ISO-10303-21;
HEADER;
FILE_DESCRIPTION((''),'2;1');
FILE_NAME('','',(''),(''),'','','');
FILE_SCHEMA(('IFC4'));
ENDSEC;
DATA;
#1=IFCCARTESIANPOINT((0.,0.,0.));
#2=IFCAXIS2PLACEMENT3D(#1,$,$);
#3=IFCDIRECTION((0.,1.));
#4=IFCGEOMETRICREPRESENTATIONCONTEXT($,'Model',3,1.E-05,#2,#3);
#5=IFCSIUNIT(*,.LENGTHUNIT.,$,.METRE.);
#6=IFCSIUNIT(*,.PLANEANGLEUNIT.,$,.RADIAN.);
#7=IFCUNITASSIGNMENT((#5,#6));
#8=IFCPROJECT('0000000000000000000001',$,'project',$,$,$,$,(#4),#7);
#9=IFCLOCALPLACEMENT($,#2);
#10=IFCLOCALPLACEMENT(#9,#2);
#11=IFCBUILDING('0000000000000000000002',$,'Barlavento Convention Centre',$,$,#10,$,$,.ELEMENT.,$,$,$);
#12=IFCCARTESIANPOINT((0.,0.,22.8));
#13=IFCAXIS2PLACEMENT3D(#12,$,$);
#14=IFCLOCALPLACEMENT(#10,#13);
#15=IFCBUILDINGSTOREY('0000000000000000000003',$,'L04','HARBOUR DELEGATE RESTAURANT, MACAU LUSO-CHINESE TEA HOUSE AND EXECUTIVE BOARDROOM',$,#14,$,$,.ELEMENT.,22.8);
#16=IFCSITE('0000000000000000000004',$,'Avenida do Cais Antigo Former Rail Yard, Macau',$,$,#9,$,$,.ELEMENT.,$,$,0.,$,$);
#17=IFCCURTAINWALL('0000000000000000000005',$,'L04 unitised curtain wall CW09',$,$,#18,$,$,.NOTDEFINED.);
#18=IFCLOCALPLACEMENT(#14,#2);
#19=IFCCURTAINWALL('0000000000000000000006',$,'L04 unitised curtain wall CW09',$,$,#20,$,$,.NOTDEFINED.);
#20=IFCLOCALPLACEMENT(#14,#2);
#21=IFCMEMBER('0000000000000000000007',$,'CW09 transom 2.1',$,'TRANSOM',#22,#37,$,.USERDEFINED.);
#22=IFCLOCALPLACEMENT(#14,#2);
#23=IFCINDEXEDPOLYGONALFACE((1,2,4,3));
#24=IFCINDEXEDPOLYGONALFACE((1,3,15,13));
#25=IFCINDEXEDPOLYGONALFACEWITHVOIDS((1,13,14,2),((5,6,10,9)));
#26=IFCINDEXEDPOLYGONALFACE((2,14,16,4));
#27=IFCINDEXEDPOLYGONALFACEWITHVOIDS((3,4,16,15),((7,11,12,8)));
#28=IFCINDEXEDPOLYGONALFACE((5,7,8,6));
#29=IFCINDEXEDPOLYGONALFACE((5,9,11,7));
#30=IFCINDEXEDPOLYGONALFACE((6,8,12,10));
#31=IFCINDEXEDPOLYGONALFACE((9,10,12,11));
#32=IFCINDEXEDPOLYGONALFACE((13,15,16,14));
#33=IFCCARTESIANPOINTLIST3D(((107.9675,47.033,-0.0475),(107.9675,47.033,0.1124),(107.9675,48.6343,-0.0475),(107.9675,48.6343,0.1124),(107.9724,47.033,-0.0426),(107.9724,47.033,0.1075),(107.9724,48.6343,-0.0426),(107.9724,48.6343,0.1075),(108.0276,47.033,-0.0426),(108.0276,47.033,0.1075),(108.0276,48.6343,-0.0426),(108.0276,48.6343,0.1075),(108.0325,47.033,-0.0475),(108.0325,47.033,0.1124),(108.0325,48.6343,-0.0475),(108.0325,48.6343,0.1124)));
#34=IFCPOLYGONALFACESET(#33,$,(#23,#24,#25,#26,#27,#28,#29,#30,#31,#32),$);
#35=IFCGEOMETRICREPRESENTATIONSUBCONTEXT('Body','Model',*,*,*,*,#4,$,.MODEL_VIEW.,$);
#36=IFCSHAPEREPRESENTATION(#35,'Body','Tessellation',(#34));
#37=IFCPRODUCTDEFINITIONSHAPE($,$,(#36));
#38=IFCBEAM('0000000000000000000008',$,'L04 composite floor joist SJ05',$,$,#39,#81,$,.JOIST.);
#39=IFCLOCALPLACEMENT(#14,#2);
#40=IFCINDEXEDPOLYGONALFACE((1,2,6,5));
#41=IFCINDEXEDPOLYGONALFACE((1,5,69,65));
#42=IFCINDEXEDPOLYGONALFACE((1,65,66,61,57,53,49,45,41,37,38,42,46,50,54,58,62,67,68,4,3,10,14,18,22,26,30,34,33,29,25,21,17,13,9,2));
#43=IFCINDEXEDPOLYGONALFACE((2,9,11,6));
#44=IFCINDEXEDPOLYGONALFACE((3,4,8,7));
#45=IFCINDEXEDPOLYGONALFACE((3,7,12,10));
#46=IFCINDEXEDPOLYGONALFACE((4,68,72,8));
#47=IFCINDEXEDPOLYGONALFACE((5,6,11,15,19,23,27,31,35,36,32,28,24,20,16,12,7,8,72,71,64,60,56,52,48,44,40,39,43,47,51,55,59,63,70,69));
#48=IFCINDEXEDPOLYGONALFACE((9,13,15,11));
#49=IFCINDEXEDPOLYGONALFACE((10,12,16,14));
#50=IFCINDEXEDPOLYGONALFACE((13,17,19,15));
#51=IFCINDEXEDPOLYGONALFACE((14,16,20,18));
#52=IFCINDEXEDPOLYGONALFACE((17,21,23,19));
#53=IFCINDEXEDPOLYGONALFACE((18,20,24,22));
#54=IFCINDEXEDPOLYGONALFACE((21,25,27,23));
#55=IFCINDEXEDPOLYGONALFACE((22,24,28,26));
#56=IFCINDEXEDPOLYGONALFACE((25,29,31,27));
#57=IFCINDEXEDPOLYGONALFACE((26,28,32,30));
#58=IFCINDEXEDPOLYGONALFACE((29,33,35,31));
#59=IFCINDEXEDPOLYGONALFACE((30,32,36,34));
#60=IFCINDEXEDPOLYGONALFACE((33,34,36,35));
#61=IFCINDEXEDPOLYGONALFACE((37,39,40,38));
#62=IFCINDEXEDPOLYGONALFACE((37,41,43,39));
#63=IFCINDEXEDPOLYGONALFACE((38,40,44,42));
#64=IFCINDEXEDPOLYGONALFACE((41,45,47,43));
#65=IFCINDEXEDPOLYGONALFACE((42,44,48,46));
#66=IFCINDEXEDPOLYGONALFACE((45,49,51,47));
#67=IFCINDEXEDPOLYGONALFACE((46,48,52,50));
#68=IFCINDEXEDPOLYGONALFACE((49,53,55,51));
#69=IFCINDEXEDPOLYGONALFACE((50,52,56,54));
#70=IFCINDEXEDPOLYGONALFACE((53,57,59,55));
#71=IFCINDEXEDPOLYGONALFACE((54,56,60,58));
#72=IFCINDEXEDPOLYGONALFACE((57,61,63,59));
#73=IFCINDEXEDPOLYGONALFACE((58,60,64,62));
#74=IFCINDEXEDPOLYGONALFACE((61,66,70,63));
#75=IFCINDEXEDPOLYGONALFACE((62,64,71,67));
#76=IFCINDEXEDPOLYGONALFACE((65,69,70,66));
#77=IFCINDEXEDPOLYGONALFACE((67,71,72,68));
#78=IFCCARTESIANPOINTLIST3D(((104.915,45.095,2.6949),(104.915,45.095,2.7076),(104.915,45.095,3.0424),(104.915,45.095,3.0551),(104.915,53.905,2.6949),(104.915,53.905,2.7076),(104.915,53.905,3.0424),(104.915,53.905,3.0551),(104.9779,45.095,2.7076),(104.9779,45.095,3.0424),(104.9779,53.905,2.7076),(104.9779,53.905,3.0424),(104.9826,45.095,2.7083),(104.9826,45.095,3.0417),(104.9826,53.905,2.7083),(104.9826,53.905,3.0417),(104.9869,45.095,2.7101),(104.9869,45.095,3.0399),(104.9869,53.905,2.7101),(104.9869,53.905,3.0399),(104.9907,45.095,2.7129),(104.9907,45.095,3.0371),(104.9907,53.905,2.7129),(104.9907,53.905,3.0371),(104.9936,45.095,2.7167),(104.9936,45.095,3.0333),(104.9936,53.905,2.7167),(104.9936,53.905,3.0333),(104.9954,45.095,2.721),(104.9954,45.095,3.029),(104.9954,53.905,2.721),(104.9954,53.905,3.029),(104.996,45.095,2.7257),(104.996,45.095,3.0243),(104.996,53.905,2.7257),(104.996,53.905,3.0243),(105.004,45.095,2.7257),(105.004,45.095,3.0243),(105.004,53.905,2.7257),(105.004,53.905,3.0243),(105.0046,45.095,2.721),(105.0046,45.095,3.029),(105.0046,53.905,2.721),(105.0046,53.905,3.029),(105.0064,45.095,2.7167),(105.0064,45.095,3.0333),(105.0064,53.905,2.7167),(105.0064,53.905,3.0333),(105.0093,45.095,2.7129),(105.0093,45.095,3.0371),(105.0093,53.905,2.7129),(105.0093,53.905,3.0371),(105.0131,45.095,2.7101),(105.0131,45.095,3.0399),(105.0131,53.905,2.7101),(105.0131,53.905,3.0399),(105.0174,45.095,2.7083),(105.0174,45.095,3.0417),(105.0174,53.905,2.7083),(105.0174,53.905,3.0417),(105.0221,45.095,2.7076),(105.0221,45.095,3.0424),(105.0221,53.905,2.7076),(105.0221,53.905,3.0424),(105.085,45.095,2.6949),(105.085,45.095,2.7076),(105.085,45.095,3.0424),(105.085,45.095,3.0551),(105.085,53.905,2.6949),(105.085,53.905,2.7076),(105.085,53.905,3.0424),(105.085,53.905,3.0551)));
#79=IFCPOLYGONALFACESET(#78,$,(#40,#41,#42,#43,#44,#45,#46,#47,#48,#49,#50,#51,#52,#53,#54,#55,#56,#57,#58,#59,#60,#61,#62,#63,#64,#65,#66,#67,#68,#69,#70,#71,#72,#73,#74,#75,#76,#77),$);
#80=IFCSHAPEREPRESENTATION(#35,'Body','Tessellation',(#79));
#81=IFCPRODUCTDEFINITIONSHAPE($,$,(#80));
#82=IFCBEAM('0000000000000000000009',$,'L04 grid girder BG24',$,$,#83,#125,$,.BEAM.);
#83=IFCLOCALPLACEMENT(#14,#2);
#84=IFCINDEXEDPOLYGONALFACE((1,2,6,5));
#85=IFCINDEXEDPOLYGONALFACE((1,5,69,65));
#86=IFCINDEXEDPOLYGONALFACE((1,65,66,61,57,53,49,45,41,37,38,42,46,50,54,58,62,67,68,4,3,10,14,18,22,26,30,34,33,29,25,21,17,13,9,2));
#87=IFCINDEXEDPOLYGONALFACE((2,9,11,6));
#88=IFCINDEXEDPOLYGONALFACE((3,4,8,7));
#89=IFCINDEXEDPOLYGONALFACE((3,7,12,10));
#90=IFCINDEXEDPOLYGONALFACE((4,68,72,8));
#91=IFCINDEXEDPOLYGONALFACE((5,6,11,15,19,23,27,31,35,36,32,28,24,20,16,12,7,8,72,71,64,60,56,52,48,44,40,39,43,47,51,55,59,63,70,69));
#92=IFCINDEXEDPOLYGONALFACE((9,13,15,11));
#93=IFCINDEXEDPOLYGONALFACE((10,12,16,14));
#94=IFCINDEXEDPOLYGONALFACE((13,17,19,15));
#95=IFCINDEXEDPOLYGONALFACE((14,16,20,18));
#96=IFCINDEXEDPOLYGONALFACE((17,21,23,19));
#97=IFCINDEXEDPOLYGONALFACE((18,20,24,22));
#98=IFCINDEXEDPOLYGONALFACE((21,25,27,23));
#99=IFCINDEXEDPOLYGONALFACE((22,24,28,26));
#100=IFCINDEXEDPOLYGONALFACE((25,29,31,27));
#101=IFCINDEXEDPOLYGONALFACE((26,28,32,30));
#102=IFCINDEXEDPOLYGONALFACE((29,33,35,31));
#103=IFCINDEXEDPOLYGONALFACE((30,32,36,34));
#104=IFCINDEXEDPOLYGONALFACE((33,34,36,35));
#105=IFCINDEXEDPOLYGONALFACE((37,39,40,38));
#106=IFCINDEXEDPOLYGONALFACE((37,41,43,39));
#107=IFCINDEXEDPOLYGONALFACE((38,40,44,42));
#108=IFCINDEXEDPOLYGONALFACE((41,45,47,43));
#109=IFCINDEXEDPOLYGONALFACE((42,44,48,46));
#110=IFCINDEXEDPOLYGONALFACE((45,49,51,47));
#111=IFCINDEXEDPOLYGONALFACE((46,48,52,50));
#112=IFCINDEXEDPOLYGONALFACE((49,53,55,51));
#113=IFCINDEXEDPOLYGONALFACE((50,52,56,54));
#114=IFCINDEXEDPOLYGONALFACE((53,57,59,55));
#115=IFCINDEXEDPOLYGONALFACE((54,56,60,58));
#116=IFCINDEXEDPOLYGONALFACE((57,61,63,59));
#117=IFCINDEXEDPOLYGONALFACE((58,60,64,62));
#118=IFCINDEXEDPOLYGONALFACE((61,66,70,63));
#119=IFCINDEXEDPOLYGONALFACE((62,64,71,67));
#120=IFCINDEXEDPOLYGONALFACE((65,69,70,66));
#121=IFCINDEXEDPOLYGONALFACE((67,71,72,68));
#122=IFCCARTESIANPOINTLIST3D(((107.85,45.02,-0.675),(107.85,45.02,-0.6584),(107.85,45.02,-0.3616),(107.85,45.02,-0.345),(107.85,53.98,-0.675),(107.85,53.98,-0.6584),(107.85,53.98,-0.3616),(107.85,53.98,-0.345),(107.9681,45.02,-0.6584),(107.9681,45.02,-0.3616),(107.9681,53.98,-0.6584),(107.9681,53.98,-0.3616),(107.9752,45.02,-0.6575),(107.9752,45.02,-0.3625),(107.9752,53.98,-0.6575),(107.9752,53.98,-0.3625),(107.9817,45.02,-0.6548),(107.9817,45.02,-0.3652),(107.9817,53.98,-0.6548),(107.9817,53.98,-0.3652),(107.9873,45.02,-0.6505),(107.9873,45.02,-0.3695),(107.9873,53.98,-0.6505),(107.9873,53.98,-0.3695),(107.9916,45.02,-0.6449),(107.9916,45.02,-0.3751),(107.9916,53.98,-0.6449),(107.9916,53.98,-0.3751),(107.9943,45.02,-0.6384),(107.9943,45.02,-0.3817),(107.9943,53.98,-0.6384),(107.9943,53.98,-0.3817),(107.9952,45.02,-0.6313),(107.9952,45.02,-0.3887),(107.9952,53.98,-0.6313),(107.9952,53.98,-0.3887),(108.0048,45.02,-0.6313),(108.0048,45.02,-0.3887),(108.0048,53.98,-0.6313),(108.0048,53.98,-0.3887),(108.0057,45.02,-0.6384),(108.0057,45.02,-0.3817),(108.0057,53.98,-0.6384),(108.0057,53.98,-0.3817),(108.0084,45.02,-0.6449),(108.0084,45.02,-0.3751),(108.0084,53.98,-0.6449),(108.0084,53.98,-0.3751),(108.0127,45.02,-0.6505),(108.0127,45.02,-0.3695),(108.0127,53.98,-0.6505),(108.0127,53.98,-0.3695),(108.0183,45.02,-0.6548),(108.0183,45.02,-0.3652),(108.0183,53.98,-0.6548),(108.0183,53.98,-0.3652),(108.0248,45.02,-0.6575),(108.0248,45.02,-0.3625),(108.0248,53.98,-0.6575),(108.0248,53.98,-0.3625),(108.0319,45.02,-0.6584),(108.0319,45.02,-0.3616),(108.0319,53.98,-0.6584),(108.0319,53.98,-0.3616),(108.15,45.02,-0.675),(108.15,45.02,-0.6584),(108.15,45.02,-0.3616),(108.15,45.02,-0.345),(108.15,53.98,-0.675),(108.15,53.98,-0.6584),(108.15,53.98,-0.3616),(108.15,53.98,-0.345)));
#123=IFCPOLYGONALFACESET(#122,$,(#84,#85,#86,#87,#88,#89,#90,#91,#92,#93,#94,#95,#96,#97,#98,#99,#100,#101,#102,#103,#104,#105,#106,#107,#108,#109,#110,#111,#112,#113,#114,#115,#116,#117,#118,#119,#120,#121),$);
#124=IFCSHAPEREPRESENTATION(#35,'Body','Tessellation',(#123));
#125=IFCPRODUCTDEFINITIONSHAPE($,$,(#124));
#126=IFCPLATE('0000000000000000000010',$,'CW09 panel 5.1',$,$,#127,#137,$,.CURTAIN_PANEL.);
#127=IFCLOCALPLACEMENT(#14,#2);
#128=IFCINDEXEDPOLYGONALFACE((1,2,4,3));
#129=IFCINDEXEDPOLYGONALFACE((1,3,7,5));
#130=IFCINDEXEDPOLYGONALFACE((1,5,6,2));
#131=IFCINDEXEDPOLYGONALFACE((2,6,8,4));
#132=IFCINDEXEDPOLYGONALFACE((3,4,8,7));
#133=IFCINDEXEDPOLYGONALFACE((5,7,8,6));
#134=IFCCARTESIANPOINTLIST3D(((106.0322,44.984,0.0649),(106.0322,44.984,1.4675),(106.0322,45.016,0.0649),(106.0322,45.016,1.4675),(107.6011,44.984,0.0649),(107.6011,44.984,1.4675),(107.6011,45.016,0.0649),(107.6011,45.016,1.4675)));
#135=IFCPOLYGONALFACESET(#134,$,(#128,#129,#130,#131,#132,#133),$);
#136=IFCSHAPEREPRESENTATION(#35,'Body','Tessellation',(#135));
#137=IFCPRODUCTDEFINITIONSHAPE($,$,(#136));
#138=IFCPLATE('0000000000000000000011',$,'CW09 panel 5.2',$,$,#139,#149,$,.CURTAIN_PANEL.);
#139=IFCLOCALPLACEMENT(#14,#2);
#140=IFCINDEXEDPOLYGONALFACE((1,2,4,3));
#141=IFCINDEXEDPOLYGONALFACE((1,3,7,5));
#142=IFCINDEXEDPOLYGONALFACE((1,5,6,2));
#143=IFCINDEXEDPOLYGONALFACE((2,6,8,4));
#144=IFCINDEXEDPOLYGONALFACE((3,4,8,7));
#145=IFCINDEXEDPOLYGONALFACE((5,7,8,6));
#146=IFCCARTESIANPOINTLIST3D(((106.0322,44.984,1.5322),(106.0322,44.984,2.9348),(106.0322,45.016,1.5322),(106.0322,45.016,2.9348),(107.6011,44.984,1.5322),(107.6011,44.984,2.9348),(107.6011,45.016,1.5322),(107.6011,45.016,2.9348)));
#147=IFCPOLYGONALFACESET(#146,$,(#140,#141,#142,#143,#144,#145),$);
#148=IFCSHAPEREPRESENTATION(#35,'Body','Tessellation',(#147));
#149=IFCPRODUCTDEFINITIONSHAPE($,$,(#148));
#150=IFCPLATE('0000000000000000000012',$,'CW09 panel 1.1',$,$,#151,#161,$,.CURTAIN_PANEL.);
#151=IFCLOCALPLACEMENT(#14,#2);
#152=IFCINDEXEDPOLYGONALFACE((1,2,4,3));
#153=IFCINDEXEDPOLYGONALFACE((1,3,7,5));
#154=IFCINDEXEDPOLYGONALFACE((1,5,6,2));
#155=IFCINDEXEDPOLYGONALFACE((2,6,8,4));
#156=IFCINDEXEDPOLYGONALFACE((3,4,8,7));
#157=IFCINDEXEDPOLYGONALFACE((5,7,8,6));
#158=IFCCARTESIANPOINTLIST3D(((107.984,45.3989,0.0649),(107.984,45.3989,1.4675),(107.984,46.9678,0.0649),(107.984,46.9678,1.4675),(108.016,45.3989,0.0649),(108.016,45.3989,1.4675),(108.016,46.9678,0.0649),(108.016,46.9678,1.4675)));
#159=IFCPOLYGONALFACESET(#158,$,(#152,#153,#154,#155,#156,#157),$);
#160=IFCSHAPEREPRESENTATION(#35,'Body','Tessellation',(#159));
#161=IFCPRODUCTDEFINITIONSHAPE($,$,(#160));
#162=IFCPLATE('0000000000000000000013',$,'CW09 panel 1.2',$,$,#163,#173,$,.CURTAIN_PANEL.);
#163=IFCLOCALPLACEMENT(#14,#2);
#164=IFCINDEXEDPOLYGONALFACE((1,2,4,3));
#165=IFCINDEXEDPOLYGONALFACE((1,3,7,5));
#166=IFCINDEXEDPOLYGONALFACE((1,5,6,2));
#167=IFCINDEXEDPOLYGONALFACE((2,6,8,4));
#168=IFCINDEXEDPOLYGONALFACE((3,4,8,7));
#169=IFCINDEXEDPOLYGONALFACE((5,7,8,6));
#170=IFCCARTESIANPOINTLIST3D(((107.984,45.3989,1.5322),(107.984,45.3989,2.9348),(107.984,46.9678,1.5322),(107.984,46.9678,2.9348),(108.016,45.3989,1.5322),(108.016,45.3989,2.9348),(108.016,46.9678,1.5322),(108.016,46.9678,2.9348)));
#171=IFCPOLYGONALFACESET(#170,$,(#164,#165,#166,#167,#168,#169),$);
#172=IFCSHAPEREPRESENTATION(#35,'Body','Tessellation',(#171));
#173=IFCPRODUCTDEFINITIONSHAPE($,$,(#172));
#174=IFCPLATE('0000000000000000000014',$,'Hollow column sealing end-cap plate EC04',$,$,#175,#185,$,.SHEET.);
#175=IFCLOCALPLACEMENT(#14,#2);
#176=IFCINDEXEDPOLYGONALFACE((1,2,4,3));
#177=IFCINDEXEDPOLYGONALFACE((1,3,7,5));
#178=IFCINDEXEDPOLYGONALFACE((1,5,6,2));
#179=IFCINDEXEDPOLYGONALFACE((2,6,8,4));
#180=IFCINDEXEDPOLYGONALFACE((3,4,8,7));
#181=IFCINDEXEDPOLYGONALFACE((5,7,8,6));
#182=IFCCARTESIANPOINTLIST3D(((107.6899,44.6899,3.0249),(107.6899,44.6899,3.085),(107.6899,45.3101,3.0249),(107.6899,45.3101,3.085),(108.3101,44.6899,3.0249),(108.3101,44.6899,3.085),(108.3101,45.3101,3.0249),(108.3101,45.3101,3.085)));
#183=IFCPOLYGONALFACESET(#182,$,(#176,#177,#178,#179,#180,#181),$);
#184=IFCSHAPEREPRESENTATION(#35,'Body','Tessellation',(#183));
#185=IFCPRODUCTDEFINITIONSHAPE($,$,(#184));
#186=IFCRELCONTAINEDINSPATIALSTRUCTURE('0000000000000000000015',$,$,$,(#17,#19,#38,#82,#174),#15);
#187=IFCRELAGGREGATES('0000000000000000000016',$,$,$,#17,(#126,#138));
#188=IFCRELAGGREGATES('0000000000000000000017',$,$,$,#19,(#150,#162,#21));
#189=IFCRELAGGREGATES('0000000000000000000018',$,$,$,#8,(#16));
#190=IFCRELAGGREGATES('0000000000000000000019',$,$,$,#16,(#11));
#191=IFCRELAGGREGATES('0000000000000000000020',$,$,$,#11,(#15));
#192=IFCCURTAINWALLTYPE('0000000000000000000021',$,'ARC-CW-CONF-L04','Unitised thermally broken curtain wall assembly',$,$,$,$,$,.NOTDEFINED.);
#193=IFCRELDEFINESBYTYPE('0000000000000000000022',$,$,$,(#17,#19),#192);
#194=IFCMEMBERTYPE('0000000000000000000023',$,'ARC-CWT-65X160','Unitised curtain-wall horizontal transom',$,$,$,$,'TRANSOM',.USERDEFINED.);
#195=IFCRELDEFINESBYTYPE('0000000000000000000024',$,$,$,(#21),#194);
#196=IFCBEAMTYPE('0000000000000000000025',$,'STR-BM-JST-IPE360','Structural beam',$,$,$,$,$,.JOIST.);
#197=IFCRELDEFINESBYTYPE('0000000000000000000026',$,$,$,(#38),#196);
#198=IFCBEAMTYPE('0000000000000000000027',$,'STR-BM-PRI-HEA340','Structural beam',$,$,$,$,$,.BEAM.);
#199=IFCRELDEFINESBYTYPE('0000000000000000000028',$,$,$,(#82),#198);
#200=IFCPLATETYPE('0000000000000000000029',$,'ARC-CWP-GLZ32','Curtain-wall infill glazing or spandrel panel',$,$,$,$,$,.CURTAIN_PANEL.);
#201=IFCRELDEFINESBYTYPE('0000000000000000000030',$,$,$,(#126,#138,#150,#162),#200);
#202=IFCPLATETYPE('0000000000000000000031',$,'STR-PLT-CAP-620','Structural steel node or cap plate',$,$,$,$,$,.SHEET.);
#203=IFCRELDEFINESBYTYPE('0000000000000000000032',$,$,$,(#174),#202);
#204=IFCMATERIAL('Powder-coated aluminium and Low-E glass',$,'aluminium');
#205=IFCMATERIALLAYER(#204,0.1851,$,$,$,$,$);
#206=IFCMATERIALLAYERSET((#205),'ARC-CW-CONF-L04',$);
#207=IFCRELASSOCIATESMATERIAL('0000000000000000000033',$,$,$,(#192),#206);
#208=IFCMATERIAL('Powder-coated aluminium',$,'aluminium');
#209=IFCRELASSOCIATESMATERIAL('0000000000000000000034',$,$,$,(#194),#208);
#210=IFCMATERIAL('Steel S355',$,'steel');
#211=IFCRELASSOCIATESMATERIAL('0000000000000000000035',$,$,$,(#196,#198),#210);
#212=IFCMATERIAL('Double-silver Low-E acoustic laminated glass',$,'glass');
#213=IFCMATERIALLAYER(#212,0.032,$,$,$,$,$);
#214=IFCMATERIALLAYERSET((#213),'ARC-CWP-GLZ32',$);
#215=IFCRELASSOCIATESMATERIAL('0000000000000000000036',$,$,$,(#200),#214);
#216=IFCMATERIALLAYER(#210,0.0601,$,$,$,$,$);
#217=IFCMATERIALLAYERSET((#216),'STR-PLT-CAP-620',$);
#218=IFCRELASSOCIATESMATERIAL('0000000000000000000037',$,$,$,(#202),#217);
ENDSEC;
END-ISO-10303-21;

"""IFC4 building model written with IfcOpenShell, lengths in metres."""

from ifc_helpers import new_model, si_unit, direction, frame, origin, origin_2d, place, context, subcontext, project, spatial, rectangle, hollow_rectangle, i_section, extrude, material, layer, layer_set, material_profile, profile_set, type_object, element, aggregate, save


model = new_model("IFC4")

# Units and contexts
model_context = context("Model", 3, precision=1e-05, world=origin(), true_north=direction((0.0, 1.0)))
body_context = subcontext(model_context, "Body", "Model", "MODEL_VIEW")
ifc_project = project(units=[si_unit("LENGTHUNIT", "METRE"), si_unit("PLANEANGLEUNIT", "RADIAN")], contexts=[model_context])

# Site, building, storey
site_placement = place(None, origin())
site = spatial("IfcSite", under=ifc_project, at=site_placement, Name="Avenida do Cais Antigo Former Rail Yard, Macau", CompositionType="ELEMENT", RefElevation=0.0)
building_placement = place(site_placement, origin())
building = spatial("IfcBuilding", under=site, at=building_placement, Name="Barlavento Convention Centre", CompositionType="ELEMENT")
storey_placement = place(building_placement, frame((0.0, 0.0, 22.8)))
storey = spatial("IfcBuildingStorey", under=building, at=storey_placement, Name="L04", Description="HARBOUR DELEGATE RESTAURANT, MACAU LUSO-CHINESE TEA HOUSE AND EXECUTIVE BOARDROOM", CompositionType="ELEMENT", Elevation=22.8)

# Curtain wall
ifc_material_1 = material(Name="Powder-coated aluminium and Low-E glass", Category="aluminium")
ifc_layer_1 = layer(ifc_material_1, 0.1851)
ifc_layer_set_1 = layer_set([ifc_layer_1], Name="ARC-CW-CONF-L04")
curtain_wall_type = type_object("IfcCurtainWallType", Name="ARC-CW-CONF-L04", Description="Unitised thermally broken curtain wall assembly", PredefinedType="NOTDEFINED", material=ifc_layer_set_1)
curtain_wall_1_placement = place(storey_placement, origin())
curtain_wall_1 = element("IfcCurtainWall", 1, at=curtain_wall_1_placement, inside=storey, type_object=curtain_wall_type, Name="L04 unitised curtain wall CW09", PredefinedType="NOTDEFINED")
ifc_material_2 = material(Name="Powder-coated aluminium", Category="aluminium")

# Curtain wall
curtain_wall_2_placement = place(storey_placement, origin())
curtain_wall_2 = element("IfcCurtainWall", 2, at=curtain_wall_2_placement, inside=storey, type_object=curtain_wall_type, Name="L04 unitised curtain wall CW09", PredefinedType="NOTDEFINED")

# Member
ifc_material_profile_1 = material_profile(ifc_material_2, hollow_rectangle(XDim=0.0649, YDim=0.1599, WallThickness=0.0049, at=origin_2d()), Name="AL-TRAN 65x160x5")
ifc_profile_set_1 = profile_set([ifc_material_profile_1], Name="Powder-coated aluminium")
member_type_1 = type_object("IfcMemberType", Name="ARC-CWT-65X160", Description="Unitised curtain-wall horizontal transom", ElementType="TRANSOM", PredefinedType="USERDEFINED", material=ifc_profile_set_1)
member_1_placement = place(storey_placement, frame((108.0, 47.033, 0.0325), z_axis=(0.0, 1.0, 0.0), x_axis=(-1.0, 0.0, 0.0)))
member_1 = element("IfcMember", 3, at=member_1_placement, type_object=member_type_1, Name="CW09 transom 2.1", ObjectType="TRANSOM", PredefinedType="USERDEFINED", context=body_context, shape_type="SweptSolid", body=[
    extrude(hollow_rectangle(XDim=0.0649, YDim=0.1599, WallThickness=0.0049, at=origin_2d()), origin(), (0.0, 0.0, 1.0), 1.6013),
])

# Beams
ifc_material_3 = material(Name="Steel S355", Category="steel")
ifc_material_profile_2 = material_profile(ifc_material_3, i_section(OverallWidth=0.1699, OverallDepth=0.3601, WebThickness=0.0081, FlangeThickness=0.0127, FilletRadius=0.0181, at=origin_2d()), Name="IPE 360")
ifc_profile_set_2 = profile_set([ifc_material_profile_2], Name="Steel S355")
beam_type_1 = type_object("IfcBeamType", Name="STR-BM-JST-IPE360", Description="Structural beam", PredefinedType="JOIST", material=ifc_profile_set_2)
beam_1_placement = place(storey_placement, frame((105.0, 45.095, 2.875), z_axis=(0.0, 1.0, 0.0), x_axis=(-1.0, 0.0, 0.0)))
element("IfcBeam", 4, at=beam_1_placement, inside=storey, type_object=beam_type_1, Name="L04 composite floor joist SJ05", PredefinedType="JOIST", context=body_context, shape_type="SweptSolid", body=[
    extrude(i_section(OverallWidth=0.1699, OverallDepth=0.3601, WebThickness=0.0081, FlangeThickness=0.0127, FilletRadius=0.0181, at=origin_2d()), origin(), (0.0, 0.0, 1.0), 8.8101),
])
ifc_material_profile_3 = material_profile(ifc_material_3, i_section(OverallWidth=0.3, OverallDepth=0.3301, WebThickness=0.0095, FlangeThickness=0.0166, FilletRadius=0.0271, at=origin_2d()), Name="HEA 340")
ifc_profile_set_3 = profile_set([ifc_material_profile_3], Name="Steel S355")
beam_type_2 = type_object("IfcBeamType", Name="STR-BM-PRI-HEA340", Description="Structural beam", PredefinedType="BEAM", material=ifc_profile_set_3)
beam_2_placement = place(storey_placement, frame((108.0, 45.02, -0.51), z_axis=(0.0, 1.0, 0.0), x_axis=(-1.0, 0.0, 0.0)))
element("IfcBeam", 5, at=beam_2_placement, inside=storey, type_object=beam_type_2, Name="L04 grid girder BG24", PredefinedType="BEAM", context=body_context, shape_type="SweptSolid", body=[
    extrude(i_section(OverallWidth=0.3, OverallDepth=0.3301, WebThickness=0.0095, FlangeThickness=0.0166, FilletRadius=0.0271, at=origin_2d()), origin(), (0.0, 0.0, 1.0), 8.96),
])

# Plates
ifc_material_4 = material(Name="Double-silver Low-E acoustic laminated glass", Category="glass")
ifc_layer_2 = layer(ifc_material_4, 0.032)
ifc_layer_set_2 = layer_set([ifc_layer_2], Name="ARC-CWP-GLZ32")
plate_type_1 = type_object("IfcPlateType", Name="ARC-CWP-GLZ32", Description="Curtain-wall infill glazing or spandrel panel", PredefinedType="CURTAIN_PANEL", material=ifc_layer_set_2)
plate_1_placement = place(storey_placement, frame((106.8167, 45.0, 0.0649), z_axis=(0.0, 0.0, 1.0), x_axis=(1.0, 0.0, 0.0)))
plate_1 = element("IfcPlate", 6, at=plate_1_placement, type_object=plate_type_1, Name="CW09 panel 5.1", PredefinedType="CURTAIN_PANEL", context=body_context, shape_type="SweptSolid", body=[
    extrude(rectangle(XDim=1.5688, YDim=0.032, at=origin_2d()), origin(), (0.0, 0.0, 1.0), 1.4026),
])
plate_2_placement = place(storey_placement, frame((106.8167, 45.0, 1.5322), z_axis=(0.0, 0.0, 1.0), x_axis=(1.0, 0.0, 0.0)))
plate_2 = element("IfcPlate", 7, at=plate_2_placement, type_object=plate_type_1, Name="CW09 panel 5.2", PredefinedType="CURTAIN_PANEL", context=body_context, shape_type="SweptSolid", body=[
    extrude(rectangle(XDim=1.5688, YDim=0.032, at=origin_2d()), origin(), (0.0, 0.0, 1.0), 1.4026),
])
aggregate(curtain_wall_1, [plate_1, plate_2])
plate_3_placement = place(storey_placement, frame((108.0, 46.1833, 0.0649), z_axis=(0.0, 0.0, 1.0), x_axis=(0.0, 1.0, 0.0)))
plate_3 = element("IfcPlate", 8, at=plate_3_placement, type_object=plate_type_1, Name="CW09 panel 1.1", PredefinedType="CURTAIN_PANEL", context=body_context, shape_type="SweptSolid", body=[
    extrude(rectangle(XDim=1.5688, YDim=0.032, at=origin_2d()), origin(), (0.0, 0.0, 1.0), 1.4026),
])
plate_4_placement = place(storey_placement, frame((108.0, 46.1833, 1.5322), z_axis=(0.0, 0.0, 1.0), x_axis=(0.0, 1.0, 0.0)))
plate_4 = element("IfcPlate", 9, at=plate_4_placement, type_object=plate_type_1, Name="CW09 panel 1.2", PredefinedType="CURTAIN_PANEL", context=body_context, shape_type="SweptSolid", body=[
    extrude(rectangle(XDim=1.5688, YDim=0.032, at=origin_2d()), origin(), (0.0, 0.0, 1.0), 1.4026),
])
aggregate(curtain_wall_2, [plate_3, plate_4, member_1])

# Plate
ifc_layer_3 = layer(ifc_material_3, 0.0601)
ifc_layer_set_3 = layer_set([ifc_layer_3], Name="STR-PLT-CAP-620")
plate_type_2 = type_object("IfcPlateType", Name="STR-PLT-CAP-620", Description="Structural steel node or cap plate", PredefinedType="SHEET", material=ifc_layer_set_3)
for number, where, z_axis, x_axis, name in (
    (10, (108.0, 45.0, 3.0249), (0.0, 0.0, 1.0), (1.0, 0.0, 0.0), "Hollow column sealing end-cap plate EC04"),
):
    element("IfcPlate", number, at=place(storey_placement, frame(where, z_axis=z_axis, x_axis=x_axis)), inside=storey, type_object=plate_type_2, Name=name, PredefinedType="SHEET", context=body_context, shape_type="SweptSolid", body=[
        extrude(rectangle(XDim=0.6201, YDim=0.6201, at=origin_2d()), origin(), (0.0, 0.0, 1.0), 0.0601),
    ])

save(model, "model.ifc")
